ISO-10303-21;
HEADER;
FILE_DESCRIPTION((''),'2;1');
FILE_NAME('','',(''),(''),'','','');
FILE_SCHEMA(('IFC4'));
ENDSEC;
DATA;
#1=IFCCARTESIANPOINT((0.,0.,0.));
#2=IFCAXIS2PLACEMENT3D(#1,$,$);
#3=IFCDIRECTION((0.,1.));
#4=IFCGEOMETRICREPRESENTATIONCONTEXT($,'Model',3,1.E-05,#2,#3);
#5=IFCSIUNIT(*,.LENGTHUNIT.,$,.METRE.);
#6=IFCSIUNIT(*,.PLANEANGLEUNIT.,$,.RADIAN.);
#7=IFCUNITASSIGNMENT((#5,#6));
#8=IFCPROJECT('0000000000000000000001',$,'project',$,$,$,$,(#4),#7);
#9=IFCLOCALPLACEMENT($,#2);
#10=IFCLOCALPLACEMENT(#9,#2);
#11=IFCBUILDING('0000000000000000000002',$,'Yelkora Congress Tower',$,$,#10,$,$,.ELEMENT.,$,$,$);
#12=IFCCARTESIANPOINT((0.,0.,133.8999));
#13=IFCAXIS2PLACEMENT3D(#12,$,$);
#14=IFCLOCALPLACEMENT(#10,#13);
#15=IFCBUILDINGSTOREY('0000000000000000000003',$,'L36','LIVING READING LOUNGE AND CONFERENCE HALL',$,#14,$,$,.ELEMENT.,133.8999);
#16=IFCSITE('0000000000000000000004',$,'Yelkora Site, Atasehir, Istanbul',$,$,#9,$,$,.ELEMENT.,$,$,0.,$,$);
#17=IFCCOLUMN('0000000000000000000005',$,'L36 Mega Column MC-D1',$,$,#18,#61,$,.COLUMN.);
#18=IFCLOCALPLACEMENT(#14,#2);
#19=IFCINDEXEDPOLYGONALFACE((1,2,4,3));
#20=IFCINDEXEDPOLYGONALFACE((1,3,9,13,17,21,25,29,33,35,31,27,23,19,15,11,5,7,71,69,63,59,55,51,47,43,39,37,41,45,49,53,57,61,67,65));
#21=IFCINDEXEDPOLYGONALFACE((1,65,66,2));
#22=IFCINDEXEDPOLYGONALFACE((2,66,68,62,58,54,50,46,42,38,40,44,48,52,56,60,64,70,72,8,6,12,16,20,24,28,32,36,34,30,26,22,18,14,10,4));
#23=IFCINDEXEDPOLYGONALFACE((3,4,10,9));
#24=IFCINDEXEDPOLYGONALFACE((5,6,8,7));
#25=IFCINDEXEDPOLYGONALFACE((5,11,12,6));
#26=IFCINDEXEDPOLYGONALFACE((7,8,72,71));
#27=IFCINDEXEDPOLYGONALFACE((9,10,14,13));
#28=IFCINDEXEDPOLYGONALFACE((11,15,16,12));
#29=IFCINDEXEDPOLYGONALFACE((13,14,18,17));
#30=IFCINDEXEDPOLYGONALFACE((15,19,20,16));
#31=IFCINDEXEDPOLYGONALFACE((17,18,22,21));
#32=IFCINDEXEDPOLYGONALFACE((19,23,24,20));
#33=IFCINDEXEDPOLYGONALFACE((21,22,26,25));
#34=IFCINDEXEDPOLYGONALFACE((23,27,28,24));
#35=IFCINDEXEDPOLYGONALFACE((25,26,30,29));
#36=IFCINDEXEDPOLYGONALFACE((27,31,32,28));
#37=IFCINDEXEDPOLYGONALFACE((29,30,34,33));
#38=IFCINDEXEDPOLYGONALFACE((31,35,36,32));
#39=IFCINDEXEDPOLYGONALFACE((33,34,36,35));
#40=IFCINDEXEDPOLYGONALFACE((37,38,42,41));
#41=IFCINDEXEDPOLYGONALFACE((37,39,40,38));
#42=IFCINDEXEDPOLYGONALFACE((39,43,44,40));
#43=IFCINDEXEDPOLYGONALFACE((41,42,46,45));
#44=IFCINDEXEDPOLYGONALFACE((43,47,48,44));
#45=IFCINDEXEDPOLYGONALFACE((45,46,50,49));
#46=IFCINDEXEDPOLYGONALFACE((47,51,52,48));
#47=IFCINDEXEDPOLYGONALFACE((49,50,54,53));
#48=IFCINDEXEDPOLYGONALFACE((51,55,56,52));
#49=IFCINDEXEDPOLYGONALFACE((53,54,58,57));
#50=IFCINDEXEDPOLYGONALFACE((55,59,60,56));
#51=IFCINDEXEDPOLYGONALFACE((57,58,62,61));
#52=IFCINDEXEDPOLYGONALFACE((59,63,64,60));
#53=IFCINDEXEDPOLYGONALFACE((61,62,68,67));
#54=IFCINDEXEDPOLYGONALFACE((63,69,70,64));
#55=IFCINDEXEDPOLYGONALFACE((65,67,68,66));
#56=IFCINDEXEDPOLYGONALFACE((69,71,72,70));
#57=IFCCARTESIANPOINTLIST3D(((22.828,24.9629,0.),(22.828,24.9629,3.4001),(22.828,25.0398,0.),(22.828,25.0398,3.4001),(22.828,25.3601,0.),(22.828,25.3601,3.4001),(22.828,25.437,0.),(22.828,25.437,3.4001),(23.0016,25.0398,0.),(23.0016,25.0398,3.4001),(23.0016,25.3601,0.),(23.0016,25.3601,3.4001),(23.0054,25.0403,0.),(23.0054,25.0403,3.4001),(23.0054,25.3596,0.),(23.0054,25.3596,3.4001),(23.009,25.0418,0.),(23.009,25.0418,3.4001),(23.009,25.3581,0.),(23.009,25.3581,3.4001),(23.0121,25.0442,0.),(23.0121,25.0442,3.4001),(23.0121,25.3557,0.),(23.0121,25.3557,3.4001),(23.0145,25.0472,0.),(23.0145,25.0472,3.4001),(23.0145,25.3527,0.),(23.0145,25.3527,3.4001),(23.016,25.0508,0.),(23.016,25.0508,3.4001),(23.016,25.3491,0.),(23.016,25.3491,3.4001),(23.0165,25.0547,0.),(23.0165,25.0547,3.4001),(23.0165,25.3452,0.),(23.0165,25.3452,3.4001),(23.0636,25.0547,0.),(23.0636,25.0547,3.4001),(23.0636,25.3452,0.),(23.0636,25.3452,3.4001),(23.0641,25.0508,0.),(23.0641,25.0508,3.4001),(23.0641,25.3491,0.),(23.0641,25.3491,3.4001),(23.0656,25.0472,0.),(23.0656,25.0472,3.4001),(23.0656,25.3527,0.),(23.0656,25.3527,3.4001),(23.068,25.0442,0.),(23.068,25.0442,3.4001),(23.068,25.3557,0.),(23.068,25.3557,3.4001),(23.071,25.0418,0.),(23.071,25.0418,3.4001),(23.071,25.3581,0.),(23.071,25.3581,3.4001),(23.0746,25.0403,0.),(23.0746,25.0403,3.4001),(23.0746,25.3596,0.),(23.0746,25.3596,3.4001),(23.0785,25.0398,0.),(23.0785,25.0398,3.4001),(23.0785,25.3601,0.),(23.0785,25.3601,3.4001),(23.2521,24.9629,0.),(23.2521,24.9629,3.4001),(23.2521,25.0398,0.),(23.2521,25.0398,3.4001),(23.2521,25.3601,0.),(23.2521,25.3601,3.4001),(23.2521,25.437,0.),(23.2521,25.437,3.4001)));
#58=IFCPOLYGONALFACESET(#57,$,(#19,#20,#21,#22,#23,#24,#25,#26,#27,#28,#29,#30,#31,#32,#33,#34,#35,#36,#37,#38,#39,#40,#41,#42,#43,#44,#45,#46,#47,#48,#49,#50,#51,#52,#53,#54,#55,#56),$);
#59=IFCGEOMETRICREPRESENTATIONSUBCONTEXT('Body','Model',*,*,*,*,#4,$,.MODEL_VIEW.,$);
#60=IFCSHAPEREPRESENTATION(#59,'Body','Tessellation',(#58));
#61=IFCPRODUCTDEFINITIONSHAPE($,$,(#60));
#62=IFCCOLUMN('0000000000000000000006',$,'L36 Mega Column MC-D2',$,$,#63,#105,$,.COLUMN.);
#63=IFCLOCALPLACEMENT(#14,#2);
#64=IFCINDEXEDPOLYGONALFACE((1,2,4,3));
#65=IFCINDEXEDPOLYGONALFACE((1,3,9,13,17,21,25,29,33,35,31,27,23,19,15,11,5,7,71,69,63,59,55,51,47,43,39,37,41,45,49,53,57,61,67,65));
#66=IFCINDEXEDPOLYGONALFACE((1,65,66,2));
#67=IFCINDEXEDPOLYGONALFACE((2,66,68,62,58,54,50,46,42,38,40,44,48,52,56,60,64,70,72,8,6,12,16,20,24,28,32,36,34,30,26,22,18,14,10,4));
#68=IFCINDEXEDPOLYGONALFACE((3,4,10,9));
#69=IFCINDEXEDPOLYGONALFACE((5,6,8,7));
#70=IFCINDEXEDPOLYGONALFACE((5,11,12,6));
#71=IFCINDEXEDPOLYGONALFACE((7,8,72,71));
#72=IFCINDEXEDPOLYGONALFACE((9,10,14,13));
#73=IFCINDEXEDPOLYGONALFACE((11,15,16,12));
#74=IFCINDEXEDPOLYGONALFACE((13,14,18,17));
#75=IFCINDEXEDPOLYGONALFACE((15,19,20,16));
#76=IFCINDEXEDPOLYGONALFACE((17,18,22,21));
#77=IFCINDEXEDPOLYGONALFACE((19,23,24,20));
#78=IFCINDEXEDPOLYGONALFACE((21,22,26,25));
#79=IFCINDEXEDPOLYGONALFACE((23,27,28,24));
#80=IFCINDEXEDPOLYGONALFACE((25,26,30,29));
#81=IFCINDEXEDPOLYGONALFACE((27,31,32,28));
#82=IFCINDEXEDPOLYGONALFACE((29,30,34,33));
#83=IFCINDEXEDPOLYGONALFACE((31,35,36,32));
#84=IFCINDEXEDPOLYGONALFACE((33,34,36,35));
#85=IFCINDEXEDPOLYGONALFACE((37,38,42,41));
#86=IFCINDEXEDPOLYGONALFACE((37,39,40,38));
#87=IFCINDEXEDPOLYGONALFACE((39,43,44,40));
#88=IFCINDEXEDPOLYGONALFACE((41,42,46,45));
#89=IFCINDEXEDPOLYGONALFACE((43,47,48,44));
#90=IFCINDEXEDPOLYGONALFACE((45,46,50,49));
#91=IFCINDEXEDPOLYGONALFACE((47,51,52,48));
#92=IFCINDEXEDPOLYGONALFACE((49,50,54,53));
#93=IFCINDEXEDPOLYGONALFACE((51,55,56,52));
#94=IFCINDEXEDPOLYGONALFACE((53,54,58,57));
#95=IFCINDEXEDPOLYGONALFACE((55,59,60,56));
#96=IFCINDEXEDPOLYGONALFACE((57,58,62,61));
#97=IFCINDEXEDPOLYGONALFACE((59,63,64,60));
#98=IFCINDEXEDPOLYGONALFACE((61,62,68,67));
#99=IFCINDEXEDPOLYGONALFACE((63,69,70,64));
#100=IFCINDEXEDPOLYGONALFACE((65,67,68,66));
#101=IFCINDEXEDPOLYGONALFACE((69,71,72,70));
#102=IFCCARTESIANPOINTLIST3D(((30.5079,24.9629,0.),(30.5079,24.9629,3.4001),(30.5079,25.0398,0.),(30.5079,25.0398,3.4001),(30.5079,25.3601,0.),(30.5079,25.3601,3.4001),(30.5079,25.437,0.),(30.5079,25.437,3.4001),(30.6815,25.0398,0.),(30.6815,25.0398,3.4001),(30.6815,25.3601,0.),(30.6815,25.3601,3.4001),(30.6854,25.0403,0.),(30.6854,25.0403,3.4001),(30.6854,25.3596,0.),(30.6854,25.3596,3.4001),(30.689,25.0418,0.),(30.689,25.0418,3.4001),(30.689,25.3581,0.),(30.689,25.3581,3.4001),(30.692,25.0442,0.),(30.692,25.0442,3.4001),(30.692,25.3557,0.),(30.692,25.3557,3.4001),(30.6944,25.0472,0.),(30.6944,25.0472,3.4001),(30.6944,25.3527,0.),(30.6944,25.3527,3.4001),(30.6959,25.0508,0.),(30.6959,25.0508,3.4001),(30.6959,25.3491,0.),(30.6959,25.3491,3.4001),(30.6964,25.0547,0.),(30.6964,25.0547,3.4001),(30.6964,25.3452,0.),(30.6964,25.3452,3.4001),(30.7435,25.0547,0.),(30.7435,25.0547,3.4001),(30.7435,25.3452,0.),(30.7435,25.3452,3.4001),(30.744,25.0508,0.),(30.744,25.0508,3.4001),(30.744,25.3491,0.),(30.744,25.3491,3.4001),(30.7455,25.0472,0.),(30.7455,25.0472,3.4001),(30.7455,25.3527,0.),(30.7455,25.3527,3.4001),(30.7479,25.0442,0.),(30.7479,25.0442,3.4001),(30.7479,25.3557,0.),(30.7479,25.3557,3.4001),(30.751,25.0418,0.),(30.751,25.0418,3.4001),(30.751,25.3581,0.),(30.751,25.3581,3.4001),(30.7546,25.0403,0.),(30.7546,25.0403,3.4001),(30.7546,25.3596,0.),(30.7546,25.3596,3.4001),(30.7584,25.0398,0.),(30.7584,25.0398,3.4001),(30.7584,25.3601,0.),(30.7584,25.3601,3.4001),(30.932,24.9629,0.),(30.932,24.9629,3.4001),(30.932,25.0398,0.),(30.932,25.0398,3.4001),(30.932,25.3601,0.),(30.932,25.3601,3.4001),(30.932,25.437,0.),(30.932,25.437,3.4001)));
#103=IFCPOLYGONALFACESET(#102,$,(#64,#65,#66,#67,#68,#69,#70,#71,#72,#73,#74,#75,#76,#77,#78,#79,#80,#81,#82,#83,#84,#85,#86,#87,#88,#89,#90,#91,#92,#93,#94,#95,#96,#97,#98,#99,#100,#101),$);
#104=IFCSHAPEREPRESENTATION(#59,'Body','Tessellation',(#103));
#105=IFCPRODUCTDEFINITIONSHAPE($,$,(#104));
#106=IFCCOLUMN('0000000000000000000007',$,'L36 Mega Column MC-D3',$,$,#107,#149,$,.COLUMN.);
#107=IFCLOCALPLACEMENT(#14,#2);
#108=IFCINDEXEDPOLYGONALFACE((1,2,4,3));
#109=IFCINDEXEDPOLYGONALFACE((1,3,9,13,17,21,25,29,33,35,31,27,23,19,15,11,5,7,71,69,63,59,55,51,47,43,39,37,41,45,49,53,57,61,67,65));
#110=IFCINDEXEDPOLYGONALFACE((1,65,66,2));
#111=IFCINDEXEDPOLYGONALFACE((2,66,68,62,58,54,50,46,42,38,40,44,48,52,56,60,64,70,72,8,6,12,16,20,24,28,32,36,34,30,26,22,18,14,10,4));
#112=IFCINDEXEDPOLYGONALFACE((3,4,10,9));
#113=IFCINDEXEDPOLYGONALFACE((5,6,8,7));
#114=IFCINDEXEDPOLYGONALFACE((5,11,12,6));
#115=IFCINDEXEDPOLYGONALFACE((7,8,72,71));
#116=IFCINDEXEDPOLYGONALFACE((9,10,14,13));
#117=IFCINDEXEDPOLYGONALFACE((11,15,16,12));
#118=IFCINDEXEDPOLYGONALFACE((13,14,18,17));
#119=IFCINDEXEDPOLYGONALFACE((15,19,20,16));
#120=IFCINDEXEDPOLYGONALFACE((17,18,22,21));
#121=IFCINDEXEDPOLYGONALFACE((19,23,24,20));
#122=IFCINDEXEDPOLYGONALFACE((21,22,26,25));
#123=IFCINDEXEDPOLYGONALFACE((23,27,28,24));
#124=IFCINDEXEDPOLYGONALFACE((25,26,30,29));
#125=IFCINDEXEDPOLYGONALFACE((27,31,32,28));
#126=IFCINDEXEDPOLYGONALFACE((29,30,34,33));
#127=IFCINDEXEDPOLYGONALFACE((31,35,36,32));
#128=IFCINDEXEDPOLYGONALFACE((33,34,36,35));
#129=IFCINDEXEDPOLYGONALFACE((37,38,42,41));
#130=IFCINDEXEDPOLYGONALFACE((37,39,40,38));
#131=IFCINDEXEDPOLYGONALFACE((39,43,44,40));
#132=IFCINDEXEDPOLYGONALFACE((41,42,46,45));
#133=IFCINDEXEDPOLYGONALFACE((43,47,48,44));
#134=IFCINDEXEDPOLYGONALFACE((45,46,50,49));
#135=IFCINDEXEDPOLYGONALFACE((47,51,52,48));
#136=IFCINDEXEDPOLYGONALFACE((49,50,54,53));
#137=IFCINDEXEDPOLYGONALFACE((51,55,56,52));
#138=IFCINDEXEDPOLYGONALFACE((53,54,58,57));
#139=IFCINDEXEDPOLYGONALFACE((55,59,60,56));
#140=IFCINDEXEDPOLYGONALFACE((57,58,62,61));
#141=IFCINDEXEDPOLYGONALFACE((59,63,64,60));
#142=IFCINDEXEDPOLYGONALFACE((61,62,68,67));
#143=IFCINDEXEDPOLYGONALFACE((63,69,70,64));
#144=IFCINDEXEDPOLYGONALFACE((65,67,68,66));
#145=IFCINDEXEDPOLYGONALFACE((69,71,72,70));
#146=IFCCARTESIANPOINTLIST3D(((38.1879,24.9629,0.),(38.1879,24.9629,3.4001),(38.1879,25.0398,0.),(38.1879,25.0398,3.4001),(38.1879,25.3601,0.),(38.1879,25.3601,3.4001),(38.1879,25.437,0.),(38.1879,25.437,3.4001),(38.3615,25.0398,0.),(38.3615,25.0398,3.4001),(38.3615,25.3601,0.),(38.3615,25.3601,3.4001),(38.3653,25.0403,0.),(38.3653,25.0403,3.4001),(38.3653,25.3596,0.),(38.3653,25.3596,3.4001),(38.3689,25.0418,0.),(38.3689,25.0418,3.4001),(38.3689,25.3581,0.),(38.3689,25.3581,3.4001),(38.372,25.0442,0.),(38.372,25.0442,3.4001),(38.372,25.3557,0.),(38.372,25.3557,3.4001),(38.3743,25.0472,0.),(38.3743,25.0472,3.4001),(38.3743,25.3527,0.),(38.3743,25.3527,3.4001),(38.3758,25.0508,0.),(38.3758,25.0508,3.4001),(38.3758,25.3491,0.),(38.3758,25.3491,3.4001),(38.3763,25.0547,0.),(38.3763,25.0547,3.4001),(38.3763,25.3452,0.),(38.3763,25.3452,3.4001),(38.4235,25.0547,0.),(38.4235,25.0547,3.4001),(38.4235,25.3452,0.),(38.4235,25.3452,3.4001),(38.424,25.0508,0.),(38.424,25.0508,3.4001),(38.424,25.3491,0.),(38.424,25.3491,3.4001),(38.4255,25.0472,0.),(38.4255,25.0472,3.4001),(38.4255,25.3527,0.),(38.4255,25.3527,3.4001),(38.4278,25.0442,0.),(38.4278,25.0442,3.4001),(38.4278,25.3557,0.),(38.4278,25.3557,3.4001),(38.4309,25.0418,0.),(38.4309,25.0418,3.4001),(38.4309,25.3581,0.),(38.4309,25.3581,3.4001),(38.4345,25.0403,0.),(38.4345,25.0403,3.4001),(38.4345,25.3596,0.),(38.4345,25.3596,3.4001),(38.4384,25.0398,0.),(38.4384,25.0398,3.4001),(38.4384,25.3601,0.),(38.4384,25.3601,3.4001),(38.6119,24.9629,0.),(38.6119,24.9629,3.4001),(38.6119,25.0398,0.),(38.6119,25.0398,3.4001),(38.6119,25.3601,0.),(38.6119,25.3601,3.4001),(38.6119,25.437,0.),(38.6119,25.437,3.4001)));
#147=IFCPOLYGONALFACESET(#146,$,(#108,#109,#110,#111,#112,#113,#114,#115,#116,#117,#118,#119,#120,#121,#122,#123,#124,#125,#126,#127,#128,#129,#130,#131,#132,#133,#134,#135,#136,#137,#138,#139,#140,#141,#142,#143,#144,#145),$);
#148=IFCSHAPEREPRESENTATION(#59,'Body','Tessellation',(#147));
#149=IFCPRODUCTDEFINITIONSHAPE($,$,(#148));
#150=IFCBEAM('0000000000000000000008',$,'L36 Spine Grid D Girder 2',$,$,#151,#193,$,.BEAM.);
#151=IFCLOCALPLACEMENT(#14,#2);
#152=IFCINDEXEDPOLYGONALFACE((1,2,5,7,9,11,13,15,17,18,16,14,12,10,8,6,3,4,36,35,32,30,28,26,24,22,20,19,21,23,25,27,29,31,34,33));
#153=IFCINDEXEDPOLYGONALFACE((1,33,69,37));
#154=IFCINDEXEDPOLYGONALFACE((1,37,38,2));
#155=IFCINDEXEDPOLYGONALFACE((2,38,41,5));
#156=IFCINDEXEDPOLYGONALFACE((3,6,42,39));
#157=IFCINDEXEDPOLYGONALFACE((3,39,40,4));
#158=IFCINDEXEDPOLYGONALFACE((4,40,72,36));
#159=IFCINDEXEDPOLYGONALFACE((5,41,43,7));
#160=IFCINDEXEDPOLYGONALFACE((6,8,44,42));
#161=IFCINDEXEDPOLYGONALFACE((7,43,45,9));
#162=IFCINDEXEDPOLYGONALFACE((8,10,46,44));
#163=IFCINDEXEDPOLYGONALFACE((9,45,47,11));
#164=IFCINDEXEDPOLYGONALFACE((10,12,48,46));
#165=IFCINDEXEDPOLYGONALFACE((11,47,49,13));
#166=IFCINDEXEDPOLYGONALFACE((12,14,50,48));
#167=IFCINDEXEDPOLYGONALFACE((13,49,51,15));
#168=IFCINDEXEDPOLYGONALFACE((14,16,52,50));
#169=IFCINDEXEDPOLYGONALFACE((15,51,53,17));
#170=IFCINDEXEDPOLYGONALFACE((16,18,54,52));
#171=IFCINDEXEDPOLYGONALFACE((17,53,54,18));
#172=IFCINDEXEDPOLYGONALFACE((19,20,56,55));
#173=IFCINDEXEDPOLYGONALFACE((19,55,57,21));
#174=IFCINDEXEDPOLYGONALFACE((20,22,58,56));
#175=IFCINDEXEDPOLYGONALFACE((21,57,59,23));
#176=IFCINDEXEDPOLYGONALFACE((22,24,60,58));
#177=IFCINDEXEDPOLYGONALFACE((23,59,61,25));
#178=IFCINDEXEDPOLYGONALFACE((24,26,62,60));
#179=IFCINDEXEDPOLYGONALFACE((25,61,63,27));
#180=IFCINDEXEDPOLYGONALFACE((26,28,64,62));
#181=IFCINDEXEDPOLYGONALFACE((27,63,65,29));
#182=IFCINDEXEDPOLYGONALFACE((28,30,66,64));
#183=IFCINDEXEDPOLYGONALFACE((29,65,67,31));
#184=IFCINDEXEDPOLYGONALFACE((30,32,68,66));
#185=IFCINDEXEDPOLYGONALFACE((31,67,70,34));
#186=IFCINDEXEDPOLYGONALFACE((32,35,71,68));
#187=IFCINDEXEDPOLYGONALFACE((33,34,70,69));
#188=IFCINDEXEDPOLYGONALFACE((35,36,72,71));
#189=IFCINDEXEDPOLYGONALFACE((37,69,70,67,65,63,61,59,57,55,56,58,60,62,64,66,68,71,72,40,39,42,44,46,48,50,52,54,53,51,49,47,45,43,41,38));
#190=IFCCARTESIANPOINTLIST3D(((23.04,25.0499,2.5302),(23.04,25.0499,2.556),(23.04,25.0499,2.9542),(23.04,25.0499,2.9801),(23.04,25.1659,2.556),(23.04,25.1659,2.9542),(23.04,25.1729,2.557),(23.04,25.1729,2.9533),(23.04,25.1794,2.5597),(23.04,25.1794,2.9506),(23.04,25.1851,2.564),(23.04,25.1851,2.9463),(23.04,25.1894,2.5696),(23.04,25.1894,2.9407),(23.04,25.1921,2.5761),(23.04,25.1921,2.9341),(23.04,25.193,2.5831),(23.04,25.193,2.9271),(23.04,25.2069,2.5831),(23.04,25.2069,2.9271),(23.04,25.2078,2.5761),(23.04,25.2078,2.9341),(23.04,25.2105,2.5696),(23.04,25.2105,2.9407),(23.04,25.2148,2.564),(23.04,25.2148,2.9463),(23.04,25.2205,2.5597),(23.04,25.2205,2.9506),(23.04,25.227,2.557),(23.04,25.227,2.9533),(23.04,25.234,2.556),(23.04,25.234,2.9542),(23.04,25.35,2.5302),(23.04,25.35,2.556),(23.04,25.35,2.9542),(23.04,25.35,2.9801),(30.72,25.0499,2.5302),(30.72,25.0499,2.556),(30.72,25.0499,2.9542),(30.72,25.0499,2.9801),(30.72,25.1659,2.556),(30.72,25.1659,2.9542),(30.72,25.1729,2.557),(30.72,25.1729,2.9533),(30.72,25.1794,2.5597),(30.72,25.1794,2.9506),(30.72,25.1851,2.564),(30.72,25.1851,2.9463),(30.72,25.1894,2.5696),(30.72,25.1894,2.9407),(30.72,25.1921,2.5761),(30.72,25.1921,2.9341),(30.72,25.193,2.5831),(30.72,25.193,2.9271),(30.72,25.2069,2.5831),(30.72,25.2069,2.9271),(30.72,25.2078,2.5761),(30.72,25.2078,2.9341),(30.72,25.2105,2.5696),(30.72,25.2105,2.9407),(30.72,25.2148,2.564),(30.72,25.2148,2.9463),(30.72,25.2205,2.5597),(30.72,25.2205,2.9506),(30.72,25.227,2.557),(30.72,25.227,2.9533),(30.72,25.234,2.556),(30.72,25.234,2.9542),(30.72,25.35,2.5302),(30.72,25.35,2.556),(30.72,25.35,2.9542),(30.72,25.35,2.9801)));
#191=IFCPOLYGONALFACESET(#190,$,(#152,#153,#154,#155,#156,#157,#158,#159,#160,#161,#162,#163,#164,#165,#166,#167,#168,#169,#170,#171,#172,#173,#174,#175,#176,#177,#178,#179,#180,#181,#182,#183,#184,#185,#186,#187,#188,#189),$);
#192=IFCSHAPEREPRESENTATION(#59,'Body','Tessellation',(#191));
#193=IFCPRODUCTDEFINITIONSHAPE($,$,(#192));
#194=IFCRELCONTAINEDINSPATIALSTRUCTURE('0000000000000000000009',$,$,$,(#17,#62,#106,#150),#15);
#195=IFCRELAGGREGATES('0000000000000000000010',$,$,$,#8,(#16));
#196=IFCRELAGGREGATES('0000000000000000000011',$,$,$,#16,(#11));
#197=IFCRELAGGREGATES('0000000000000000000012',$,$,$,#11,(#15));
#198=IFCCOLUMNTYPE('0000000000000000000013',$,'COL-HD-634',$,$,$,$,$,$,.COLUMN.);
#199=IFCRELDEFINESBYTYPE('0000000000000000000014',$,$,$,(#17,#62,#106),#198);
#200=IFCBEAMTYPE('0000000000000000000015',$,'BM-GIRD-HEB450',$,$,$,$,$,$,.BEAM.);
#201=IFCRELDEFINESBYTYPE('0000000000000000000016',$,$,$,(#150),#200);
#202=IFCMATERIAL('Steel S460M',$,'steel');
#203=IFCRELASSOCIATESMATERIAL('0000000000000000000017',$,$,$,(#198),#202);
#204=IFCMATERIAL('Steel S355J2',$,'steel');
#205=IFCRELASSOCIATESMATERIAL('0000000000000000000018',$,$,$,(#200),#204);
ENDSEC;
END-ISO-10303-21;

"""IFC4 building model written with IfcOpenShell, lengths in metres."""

from ifc_helpers import new_model, si_unit, direction, frame, origin, origin_2d, place, context, subcontext, project, spatial, i_section, extrude, material, material_profile, profile_set, type_object, element, save


model = new_model("IFC4")

# Units and contexts
model_context = context("Model", 3, precision=1e-05, world=origin(), true_north=direction((0.0, 1.0)))
body_context = subcontext(model_context, "Body", "Model", "MODEL_VIEW")
ifc_project = project(units=[si_unit("LENGTHUNIT", "METRE"), si_unit("PLANEANGLEUNIT", "RADIAN")], contexts=[model_context])

# Site, building, storey
site_placement = place(None, origin())
site = spatial("IfcSite", under=ifc_project, at=site_placement, Name="Yelkora Site, Atasehir, Istanbul", CompositionType="ELEMENT", RefElevation=0.0)
building_placement = place(site_placement, origin())
building = spatial("IfcBuilding", under=site, at=building_placement, Name="Yelkora Congress Tower", CompositionType="ELEMENT")
storey_placement = place(building_placement, frame((0.0, 0.0, 133.8999)))
storey = spatial("IfcBuildingStorey", under=building, at=storey_placement, Name="L36", Description="LIVING READING LOUNGE AND CONFERENCE HALL", CompositionType="ELEMENT", Elevation=133.8999)

# Columns
ifc_material_1 = material(Name="Steel S460M", Category="steel")
ifc_material_profile_1 = material_profile(ifc_material_1, i_section(OverallWidth=0.4241, OverallDepth=0.4741, WebThickness=0.0471, FlangeThickness=0.0769, FilletRadius=0.0149, at=origin_2d()), Name="HD 400x634")
ifc_profile_set_1 = profile_set([ifc_material_profile_1], Name="Steel S460M")
column_type = type_object("IfcColumnType", Name="COL-HD-634", PredefinedType="COLUMN", material=ifc_profile_set_1)
for number, where, z_axis, x_axis, name in (
    (1, (23.04, 25.2, 0.0), (0.0, 0.0, 1.0), (1.0, 0.0, 0.0), "L36 Mega Column MC-D1"),
    (2, (30.72, 25.2, 0.0), (0.0, 0.0, 1.0), (1.0, 0.0, 0.0), "L36 Mega Column MC-D2"),
    (3, (38.3999, 25.2, 0.0), (0.0, 0.0, 1.0), (1.0, 0.0, 0.0), "L36 Mega Column MC-D3"),
):
    element("IfcColumn", number, at=place(storey_placement, frame(where, z_axis=z_axis, x_axis=x_axis)), inside=storey, type_object=column_type, Name=name, PredefinedType="COLUMN", context=body_context, shape_type="SweptSolid", body=[
        extrude(i_section(OverallWidth=0.4241, OverallDepth=0.4741, WebThickness=0.0471, FlangeThickness=0.0769, FilletRadius=0.0149, at=origin_2d()), origin(), (0.0, 0.0, 1.0), 3.4001),
    ])

# Beam
ifc_material_2 = material(Name="Steel S355J2", Category="steel")
ifc_material_profile_2 = material_profile(ifc_material_2, i_section(OverallWidth=0.3, OverallDepth=0.45, WebThickness=0.0139, FlangeThickness=0.0259, FilletRadius=0.0271, at=origin_2d()), Name="HEB 450")
ifc_profile_set_2 = profile_set([ifc_material_profile_2], Name="Steel S355J2")
beam_type_1 = type_object("IfcBeamType", Name="BM-GIRD-HEB450", PredefinedType="BEAM", material=ifc_profile_set_2)
for number, where, z_axis, x_axis, name in (
    (4, (23.04, 25.2, 2.7551), (1.0, 0.0, 0.0), (0.0, 1.0, 0.0), "L36 Spine Grid D Girder 2"),
):
    element("IfcBeam", number, at=place(storey_placement, frame(where, z_axis=z_axis, x_axis=x_axis)), inside=storey, type_object=beam_type_1, Name=name, PredefinedType="BEAM", context=body_context, shape_type="SweptSolid", body=[
        extrude(i_section(OverallWidth=0.3, OverallDepth=0.45, WebThickness=0.0139, FlangeThickness=0.0259, FilletRadius=0.0271, at=origin_2d()), origin(), (0.0, 0.0, 1.0), 7.6799),
    ])

save(model, "model.ifc")
